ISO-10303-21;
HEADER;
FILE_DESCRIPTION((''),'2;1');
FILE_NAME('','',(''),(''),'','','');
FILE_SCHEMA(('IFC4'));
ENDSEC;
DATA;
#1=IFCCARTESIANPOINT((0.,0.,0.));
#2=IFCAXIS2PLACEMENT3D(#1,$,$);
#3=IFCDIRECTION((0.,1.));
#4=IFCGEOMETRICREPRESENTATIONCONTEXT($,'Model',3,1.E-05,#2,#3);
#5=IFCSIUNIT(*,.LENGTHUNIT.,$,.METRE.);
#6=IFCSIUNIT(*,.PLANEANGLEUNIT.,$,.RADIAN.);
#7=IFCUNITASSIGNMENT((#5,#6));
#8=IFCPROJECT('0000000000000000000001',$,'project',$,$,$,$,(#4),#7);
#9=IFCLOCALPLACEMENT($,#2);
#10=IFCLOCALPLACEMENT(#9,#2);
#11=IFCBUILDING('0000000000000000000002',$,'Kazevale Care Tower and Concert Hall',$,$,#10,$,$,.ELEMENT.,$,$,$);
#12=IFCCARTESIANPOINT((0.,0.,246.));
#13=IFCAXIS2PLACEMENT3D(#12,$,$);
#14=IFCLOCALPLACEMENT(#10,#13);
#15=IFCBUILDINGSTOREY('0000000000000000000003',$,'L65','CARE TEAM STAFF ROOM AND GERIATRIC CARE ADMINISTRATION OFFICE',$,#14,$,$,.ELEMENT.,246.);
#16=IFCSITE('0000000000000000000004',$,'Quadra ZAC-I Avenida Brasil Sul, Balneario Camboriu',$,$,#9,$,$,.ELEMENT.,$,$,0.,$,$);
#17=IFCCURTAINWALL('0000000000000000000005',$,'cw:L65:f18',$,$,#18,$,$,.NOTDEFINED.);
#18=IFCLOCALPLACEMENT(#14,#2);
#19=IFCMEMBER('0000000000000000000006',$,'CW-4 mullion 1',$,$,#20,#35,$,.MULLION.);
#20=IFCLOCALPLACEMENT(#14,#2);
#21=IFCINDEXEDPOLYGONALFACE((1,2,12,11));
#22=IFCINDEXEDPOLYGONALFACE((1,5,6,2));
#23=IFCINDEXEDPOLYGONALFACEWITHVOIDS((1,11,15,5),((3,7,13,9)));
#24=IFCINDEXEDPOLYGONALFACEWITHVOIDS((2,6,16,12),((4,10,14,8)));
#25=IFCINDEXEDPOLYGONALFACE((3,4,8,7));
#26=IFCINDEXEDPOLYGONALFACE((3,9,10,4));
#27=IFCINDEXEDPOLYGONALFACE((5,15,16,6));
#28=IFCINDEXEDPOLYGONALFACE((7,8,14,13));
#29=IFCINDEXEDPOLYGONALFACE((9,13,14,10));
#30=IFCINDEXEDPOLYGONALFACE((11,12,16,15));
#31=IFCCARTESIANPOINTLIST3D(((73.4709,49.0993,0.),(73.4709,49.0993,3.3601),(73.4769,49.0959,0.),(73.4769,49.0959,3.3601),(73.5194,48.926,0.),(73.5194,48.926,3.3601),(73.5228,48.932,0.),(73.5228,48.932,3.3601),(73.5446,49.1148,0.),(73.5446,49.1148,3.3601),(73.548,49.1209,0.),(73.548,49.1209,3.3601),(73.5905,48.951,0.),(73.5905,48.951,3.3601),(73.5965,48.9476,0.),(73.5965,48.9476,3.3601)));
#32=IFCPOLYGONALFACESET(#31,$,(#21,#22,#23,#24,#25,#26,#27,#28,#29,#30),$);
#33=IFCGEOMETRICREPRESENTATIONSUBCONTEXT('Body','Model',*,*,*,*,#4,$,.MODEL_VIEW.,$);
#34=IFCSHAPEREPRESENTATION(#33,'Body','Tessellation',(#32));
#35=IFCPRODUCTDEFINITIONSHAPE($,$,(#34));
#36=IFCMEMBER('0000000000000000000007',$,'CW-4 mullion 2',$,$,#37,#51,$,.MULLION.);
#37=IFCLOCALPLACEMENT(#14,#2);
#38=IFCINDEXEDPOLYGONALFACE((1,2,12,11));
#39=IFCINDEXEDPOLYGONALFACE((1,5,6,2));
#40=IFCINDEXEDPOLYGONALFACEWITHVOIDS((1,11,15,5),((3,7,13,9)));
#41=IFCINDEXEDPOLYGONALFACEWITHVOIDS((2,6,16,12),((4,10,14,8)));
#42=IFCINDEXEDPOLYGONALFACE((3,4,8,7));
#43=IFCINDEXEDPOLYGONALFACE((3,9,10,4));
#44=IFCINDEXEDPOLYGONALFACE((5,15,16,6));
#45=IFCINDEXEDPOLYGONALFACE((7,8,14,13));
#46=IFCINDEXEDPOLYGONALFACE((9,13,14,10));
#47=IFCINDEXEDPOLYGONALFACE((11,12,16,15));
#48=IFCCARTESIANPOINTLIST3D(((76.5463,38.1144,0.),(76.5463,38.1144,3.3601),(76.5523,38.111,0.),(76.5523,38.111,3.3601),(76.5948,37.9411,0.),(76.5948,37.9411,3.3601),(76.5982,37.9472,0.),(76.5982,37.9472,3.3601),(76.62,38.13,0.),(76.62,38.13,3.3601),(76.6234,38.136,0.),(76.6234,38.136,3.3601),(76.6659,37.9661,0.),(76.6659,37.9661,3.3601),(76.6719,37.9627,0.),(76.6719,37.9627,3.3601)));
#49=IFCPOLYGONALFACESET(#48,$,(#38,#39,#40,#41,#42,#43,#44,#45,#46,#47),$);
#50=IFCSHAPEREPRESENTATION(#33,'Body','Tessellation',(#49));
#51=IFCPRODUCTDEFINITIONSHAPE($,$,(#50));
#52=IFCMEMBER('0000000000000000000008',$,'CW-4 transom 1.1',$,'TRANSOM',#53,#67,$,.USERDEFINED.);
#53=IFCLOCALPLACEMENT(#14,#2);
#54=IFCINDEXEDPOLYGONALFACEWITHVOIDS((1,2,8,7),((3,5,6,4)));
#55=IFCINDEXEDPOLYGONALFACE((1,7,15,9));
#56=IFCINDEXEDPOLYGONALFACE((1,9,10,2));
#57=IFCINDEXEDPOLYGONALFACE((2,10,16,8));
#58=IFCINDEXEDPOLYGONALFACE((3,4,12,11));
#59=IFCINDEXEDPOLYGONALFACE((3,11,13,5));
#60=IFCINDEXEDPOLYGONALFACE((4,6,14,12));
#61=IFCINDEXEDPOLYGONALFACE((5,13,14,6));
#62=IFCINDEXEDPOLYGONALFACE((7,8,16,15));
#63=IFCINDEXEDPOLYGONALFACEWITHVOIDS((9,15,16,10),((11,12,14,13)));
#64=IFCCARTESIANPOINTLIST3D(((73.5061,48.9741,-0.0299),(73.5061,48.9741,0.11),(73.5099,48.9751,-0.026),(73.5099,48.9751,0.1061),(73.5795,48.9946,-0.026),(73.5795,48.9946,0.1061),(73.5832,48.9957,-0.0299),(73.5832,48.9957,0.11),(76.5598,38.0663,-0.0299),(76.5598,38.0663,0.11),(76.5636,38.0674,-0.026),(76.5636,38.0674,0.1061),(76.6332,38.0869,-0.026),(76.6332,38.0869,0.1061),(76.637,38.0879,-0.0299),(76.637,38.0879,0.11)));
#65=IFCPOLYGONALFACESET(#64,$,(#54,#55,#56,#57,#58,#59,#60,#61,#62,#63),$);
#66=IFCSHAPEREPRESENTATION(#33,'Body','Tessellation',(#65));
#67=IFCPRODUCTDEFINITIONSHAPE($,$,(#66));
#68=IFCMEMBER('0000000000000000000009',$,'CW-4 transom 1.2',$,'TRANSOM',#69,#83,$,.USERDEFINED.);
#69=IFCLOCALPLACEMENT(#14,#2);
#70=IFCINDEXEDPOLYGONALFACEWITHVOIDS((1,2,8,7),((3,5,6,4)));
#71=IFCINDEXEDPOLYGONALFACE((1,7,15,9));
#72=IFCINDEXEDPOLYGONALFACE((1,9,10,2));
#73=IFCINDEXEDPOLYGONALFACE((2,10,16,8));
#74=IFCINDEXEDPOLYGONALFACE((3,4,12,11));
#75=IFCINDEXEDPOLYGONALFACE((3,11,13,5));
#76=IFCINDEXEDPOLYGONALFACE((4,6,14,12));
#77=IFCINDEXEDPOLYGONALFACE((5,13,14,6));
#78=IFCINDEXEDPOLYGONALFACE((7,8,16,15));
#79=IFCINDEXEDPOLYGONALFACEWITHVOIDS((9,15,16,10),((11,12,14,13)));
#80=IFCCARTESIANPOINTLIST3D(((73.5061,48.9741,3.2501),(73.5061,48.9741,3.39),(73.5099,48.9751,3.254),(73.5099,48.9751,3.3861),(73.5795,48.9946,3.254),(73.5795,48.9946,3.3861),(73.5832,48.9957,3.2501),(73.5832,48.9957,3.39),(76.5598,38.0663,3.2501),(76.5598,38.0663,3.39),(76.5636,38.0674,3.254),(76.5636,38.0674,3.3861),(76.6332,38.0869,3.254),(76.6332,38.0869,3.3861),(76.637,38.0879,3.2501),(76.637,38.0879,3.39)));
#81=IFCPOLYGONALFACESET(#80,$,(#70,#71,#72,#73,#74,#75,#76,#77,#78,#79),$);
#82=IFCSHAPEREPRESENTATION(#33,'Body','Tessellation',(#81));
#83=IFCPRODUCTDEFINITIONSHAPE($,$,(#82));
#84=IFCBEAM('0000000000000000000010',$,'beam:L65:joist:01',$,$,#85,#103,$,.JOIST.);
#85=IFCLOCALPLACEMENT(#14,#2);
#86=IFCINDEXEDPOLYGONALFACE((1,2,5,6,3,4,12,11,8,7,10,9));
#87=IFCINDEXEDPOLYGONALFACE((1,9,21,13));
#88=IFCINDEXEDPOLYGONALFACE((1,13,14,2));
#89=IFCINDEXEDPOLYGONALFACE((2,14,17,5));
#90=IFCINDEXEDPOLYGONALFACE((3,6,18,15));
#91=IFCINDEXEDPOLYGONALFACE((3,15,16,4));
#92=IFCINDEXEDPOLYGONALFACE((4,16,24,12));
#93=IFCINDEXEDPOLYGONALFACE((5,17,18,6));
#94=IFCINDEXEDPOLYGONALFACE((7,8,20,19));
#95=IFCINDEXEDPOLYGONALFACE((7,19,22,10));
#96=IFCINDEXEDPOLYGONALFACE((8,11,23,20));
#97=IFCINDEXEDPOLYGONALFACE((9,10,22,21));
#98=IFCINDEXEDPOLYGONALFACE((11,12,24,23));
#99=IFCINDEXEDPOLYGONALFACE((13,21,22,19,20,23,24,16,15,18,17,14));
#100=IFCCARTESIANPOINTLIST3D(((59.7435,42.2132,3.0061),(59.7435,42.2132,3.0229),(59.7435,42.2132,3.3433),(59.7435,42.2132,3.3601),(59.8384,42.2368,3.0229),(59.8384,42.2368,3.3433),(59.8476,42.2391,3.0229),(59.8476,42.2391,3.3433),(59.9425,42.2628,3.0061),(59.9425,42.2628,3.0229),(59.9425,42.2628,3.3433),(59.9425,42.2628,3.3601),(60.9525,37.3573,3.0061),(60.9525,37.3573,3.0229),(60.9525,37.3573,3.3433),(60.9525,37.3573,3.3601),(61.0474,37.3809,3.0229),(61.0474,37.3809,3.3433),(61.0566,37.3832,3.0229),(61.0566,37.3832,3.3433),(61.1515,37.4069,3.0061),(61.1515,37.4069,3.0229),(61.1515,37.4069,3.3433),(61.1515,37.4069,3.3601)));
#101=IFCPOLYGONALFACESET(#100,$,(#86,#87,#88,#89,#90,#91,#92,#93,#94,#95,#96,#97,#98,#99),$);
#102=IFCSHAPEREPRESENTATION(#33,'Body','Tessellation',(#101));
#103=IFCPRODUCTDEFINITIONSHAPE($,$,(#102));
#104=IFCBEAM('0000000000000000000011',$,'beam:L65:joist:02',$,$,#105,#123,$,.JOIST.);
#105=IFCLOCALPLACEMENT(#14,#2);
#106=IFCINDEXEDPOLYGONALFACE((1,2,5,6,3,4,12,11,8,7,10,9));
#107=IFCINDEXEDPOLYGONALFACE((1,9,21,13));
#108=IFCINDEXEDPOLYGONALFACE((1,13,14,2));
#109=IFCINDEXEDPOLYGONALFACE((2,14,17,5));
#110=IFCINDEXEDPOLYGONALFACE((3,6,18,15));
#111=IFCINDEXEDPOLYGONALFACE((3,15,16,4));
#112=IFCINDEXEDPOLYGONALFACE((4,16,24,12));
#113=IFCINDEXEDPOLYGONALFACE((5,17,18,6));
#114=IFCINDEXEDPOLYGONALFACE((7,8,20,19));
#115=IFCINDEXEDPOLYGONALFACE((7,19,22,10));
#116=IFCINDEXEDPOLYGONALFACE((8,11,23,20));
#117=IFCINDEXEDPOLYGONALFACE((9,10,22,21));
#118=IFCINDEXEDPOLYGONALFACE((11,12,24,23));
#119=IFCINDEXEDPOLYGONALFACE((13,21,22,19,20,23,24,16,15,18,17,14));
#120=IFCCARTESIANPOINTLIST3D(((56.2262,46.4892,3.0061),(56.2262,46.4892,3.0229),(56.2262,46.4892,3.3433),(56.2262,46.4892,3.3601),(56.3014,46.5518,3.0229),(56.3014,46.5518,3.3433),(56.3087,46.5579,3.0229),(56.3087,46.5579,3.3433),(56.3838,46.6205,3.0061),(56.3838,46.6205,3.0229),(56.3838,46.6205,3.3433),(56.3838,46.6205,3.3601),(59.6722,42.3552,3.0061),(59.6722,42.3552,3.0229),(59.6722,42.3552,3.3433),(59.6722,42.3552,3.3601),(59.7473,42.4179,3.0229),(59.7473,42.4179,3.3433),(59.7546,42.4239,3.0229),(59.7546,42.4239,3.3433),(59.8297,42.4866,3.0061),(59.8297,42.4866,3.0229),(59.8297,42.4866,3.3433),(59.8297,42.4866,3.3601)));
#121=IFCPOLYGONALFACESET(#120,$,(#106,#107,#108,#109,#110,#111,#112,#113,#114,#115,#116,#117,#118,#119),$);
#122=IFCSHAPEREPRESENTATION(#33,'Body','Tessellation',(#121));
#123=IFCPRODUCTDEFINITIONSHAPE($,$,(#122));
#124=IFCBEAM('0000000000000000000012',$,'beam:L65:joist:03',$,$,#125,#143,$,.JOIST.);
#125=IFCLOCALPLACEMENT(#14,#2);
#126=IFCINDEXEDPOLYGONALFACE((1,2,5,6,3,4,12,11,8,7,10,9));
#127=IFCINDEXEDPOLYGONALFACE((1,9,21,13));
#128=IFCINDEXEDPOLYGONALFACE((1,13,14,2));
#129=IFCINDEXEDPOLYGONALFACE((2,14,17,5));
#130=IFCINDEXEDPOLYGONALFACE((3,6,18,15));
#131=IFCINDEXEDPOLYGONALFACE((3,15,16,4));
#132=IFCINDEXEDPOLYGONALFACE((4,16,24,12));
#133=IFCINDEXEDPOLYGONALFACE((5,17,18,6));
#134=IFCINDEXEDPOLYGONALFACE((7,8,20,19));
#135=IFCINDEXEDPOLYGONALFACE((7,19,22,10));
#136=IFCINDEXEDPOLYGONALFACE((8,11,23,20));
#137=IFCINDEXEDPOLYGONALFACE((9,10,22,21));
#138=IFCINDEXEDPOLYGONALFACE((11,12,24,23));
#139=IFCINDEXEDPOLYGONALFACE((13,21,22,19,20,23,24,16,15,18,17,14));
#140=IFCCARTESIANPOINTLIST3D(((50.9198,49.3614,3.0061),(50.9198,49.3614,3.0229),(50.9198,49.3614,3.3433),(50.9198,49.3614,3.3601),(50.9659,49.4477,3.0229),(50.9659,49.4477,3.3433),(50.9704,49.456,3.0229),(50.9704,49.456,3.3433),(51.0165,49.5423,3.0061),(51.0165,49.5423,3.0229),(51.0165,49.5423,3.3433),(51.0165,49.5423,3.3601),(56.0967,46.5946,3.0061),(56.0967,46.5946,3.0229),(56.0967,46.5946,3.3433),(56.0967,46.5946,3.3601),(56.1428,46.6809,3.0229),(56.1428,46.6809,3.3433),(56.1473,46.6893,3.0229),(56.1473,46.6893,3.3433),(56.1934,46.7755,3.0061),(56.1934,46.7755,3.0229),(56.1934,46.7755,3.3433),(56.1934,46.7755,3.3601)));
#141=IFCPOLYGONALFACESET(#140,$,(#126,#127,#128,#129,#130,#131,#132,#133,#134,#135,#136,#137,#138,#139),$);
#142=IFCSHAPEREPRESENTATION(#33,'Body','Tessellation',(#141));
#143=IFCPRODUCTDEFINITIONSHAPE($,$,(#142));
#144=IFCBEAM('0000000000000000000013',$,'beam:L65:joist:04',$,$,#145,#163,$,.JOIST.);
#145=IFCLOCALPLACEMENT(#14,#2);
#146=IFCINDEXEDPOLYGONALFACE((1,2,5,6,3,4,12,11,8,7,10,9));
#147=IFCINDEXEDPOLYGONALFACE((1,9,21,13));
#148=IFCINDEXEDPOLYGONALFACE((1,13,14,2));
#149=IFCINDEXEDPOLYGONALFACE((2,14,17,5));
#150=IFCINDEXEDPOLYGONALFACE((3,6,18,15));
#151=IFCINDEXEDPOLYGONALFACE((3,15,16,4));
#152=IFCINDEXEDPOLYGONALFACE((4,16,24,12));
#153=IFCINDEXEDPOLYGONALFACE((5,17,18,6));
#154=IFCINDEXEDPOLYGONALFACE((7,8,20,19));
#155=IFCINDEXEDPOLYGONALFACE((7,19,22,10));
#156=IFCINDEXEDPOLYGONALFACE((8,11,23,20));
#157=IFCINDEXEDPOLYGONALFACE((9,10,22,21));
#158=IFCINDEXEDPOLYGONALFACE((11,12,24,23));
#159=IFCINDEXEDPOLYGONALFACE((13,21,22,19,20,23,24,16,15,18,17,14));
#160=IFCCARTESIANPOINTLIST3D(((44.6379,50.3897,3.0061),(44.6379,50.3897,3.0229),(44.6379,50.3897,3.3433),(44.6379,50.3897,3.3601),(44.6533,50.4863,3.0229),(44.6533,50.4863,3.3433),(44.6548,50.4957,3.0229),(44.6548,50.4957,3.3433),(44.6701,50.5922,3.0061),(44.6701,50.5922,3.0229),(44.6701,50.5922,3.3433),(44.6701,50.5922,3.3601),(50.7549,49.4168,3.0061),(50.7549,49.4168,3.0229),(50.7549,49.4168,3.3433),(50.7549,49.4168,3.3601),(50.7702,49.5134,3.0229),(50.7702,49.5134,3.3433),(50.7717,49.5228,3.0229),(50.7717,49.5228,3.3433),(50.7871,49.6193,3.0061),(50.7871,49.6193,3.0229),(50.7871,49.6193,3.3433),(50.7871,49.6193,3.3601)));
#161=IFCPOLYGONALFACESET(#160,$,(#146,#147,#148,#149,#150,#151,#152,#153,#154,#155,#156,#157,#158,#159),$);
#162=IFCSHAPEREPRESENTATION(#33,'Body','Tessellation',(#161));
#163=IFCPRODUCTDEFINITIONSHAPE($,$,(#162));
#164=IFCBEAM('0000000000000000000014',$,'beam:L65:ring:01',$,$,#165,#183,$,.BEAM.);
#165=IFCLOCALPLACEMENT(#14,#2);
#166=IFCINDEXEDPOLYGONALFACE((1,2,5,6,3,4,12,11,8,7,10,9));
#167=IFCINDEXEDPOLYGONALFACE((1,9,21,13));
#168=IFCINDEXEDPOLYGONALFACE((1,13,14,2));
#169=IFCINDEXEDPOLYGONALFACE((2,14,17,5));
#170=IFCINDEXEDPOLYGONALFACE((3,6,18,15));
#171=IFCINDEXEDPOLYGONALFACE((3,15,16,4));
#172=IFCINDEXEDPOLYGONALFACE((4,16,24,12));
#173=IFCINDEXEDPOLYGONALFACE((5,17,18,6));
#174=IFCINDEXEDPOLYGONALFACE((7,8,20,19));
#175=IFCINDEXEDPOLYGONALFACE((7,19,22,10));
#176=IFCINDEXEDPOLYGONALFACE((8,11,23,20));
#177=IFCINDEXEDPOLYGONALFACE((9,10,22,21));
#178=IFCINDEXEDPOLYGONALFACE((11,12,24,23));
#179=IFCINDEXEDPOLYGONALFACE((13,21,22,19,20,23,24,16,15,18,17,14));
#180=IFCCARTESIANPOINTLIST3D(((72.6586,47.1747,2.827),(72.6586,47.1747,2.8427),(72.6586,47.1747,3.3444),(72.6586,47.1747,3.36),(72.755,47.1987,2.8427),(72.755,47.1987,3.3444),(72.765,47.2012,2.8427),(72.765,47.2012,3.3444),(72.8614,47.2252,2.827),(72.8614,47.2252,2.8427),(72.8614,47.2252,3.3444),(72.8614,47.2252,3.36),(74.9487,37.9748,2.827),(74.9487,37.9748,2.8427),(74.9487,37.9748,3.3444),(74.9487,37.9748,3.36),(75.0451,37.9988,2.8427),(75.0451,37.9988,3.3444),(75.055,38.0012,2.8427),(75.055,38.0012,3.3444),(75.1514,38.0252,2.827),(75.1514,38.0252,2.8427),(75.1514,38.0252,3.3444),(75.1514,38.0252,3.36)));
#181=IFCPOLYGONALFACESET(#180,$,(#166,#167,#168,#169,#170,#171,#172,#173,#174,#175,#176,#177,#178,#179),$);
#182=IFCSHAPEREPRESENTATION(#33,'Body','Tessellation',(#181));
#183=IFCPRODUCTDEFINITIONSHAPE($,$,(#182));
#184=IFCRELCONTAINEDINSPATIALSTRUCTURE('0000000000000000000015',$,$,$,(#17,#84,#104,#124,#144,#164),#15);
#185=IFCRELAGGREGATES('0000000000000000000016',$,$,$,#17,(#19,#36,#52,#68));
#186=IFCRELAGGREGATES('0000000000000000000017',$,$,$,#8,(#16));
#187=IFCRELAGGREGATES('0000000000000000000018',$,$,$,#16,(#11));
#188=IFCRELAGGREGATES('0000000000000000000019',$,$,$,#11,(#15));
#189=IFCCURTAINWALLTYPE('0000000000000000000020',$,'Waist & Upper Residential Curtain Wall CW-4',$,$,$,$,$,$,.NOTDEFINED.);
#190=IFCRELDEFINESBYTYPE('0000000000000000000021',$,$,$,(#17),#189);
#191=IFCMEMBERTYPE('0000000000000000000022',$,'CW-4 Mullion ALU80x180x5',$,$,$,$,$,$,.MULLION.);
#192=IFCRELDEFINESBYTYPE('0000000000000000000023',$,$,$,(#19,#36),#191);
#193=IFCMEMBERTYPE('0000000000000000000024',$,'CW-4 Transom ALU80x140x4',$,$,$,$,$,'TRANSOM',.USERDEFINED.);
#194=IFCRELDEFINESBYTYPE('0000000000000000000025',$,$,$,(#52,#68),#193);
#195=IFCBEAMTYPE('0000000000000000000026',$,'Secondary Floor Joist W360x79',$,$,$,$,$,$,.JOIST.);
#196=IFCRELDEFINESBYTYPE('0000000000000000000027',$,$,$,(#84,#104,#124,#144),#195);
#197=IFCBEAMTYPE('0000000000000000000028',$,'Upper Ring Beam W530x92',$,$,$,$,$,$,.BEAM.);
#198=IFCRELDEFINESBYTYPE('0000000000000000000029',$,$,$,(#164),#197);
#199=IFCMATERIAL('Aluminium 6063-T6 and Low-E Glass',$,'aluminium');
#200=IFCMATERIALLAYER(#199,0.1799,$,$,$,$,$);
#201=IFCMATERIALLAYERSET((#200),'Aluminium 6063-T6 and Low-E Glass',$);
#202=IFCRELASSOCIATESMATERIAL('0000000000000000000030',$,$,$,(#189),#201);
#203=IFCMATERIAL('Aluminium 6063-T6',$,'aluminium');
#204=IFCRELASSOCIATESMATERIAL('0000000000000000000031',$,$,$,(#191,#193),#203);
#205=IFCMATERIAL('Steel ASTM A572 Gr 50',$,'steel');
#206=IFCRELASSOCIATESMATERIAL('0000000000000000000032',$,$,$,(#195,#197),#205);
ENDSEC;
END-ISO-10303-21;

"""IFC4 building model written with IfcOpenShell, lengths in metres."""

from ifc_helpers import new_model, si_unit, direction, frame, origin, origin_2d, place, context, subcontext, project, spatial, hollow_rectangle, i_section, extrude, material, layer, layer_set, material_profile, profile_set, type_object, element, aggregate, save


model = new_model("IFC4")

# Units and contexts
model_context = context("Model", 3, precision=1e-05, world=origin(), true_north=direction((0.0, 1.0)))
body_context = subcontext(model_context, "Body", "Model", "MODEL_VIEW")
ifc_project = project(units=[si_unit("LENGTHUNIT", "METRE"), si_unit("PLANEANGLEUNIT", "RADIAN")], contexts=[model_context])

# Site, building, storey
site_placement = place(None, origin())
site = spatial("IfcSite", under=ifc_project, at=site_placement, Name="Quadra ZAC-I Avenida Brasil Sul, Balneario Camboriu", CompositionType="ELEMENT", RefElevation=0.0)
building_placement = place(site_placement, origin())
building = spatial("IfcBuilding", under=site, at=building_placement, Name="Kazevale Care Tower and Concert Hall", CompositionType="ELEMENT")
storey_placement = place(building_placement, frame((0.0, 0.0, 246.0)))
storey = spatial("IfcBuildingStorey", under=building, at=storey_placement, Name="L65", Description="CARE TEAM STAFF ROOM AND GERIATRIC CARE ADMINISTRATION OFFICE", CompositionType="ELEMENT", Elevation=246.0)

# Shared definitions
ifc_material_1 = material(Name="Aluminium 6063-T6 and Low-E Glass", Category="aluminium")
ifc_material_2 = material(Name="Aluminium 6063-T6", Category="aluminium")

# Curtain wall, members
ifc_layer_1 = layer(ifc_material_1, 0.1799)
ifc_layer_set_1 = layer_set([ifc_layer_1], Name="Aluminium 6063-T6 and Low-E Glass")
curtain_wall_type_1 = type_object("IfcCurtainWallType", Name="Waist & Upper Residential Curtain Wall CW-4", PredefinedType="NOTDEFINED", material=ifc_layer_set_1)
curtain_wall_1_placement = place(storey_placement, origin())
curtain_wall_1 = element("IfcCurtainWall", 1, at=curtain_wall_1_placement, inside=storey, type_object=curtain_wall_type_1, Name="cw:L65:f18", PredefinedType="NOTDEFINED")
ifc_material_profile_1 = material_profile(ifc_material_2, hollow_rectangle(XDim=0.0801, YDim=0.1799, WallThickness=0.0049, at=origin_2d()), Name="ALU80x180x5")
ifc_profile_set_1 = profile_set([ifc_material_profile_1], Name="Aluminium 6063-T6")
member_type_1 = type_object("IfcMemberType", Name="CW-4 Mullion ALU80x180x5", PredefinedType="MULLION", material=ifc_profile_set_1)
member_1_placement = place(storey_placement, frame((73.5337, 49.0234, 0.0), z_axis=(0.0, 0.0, 1.0), x_axis=(0.962972, 0.269601, 0.0)))
member_1 = element("IfcMember", 2, at=member_1_placement, type_object=member_type_1, Name="CW-4 mullion 1", PredefinedType="MULLION", context=body_context, shape_type="SweptSolid", body=[
    extrude(hollow_rectangle(XDim=0.0801, YDim=0.1799, WallThickness=0.0049, at=origin_2d()), origin(), (0.0, 0.0, 1.0), 3.3601),
])
member_2_placement = place(storey_placement, frame((76.6091, 38.0386, 0.0), z_axis=(0.0, 0.0, 1.0), x_axis=(0.962972, 0.269601, 0.0)))
member_2 = element("IfcMember", 3, at=member_2_placement, type_object=member_type_1, Name="CW-4 mullion 2", PredefinedType="MULLION", context=body_context, shape_type="SweptSolid", body=[
    extrude(hollow_rectangle(XDim=0.0801, YDim=0.1799, WallThickness=0.0049, at=origin_2d()), origin(), (0.0, 0.0, 1.0), 3.3601),
])
ifc_material_profile_2 = material_profile(ifc_material_2, hollow_rectangle(XDim=0.0801, YDim=0.1399, WallThickness=0.0039, at=origin_2d()), Name="ALU80x140x4")
ifc_profile_set_2 = profile_set([ifc_material_profile_2], Name="Aluminium 6063-T6")
member_type_2 = type_object("IfcMemberType", Name="CW-4 Transom ALU80x140x4", ElementType="TRANSOM", PredefinedType="USERDEFINED", material=ifc_profile_set_2)
member_3_placement = place(storey_placement, frame((73.5447, 48.9849, 0.04), z_axis=(0.269593, -0.962974, 0.0), x_axis=(0.962974, 0.269593, 0.0)))
member_3 = element("IfcMember", 4, at=member_3_placement, type_object=member_type_2, Name="CW-4 transom 1.1", ObjectType="TRANSOM", PredefinedType="USERDEFINED", context=body_context, shape_type="SweptSolid", body=[
    extrude(hollow_rectangle(XDim=0.0801, YDim=0.1399, WallThickness=0.0039, at=origin_2d()), origin(), (0.0, 0.0, 1.0), 11.3271),
])
member_4_placement = place(storey_placement, frame((73.5447, 48.9849, 3.3201), z_axis=(0.269593, -0.962974, 0.0), x_axis=(0.962974, 0.269593, 0.0)))
member_4 = element("IfcMember", 5, at=member_4_placement, type_object=member_type_2, Name="CW-4 transom 1.2", ObjectType="TRANSOM", PredefinedType="USERDEFINED", context=body_context, shape_type="SweptSolid", body=[
    extrude(hollow_rectangle(XDim=0.0801, YDim=0.1399, WallThickness=0.0039, at=origin_2d()), origin(), (0.0, 0.0, 1.0), 11.3271),
])

# Beams
ifc_material_3 = material(Name="Steel ASTM A572 Gr 50", Category="steel")
ifc_material_profile_3 = material_profile(ifc_material_3, i_section(OverallWidth=0.2051, OverallDepth=0.354, WebThickness=0.0095, FlangeThickness=0.0168, at=origin_2d()), Name="W360x79")
ifc_profile_set_3 = profile_set([ifc_material_profile_3], Name="Steel ASTM A572 Gr 50")
beam_type_1 = type_object("IfcBeamType", Name="Secondary Floor Joist W360x79", PredefinedType="JOIST", material=ifc_profile_set_3)
beam_1_placement = place(storey_placement, frame((61.052, 37.3821, 3.1831), z_axis=(-0.241594, 0.970377, 0.0), x_axis=(-0.970377, -0.241594, 0.0)))
element("IfcBeam", 6, at=beam_1_placement, inside=storey, type_object=beam_type_1, Name="beam:L65:joist:01", PredefinedType="JOIST", context=body_context, shape_type="SweptSolid", body=[
    extrude(i_section(OverallWidth=0.2051, OverallDepth=0.354, WebThickness=0.0095, FlangeThickness=0.0168, at=origin_2d()), origin(), (0.0, 0.0, 1.0), 5.0042),
])
beam_2_placement = place(storey_placement, frame((59.751, 42.4209, 3.1831), z_axis=(-0.640296, 0.768128, 0.0), x_axis=(-0.768128, -0.640296, 0.0)))
element("IfcBeam", 7, at=beam_2_placement, inside=storey, type_object=beam_type_1, Name="beam:L65:joist:02", PredefinedType="JOIST", context=body_context, shape_type="SweptSolid", body=[
    extrude(i_section(OverallWidth=0.2051, OverallDepth=0.354, WebThickness=0.0095, FlangeThickness=0.0168, at=origin_2d()), origin(), (0.0, 0.0, 1.0), 5.3818),
])
beam_3_placement = place(storey_placement, frame((56.145, 46.6851, 3.1831), z_axis=(-0.881944, 0.471354, 0.0), x_axis=(-0.471354, -0.881944, 0.0)))
element("IfcBeam", 8, at=beam_3_placement, inside=storey, type_object=beam_type_1, Name="beam:L65:joist:03", PredefinedType="JOIST", context=body_context, shape_type="SweptSolid", body=[
    extrude(i_section(OverallWidth=0.2051, OverallDepth=0.354, WebThickness=0.0095, FlangeThickness=0.0168, at=origin_2d()), origin(), (0.0, 0.0, 1.0), 5.8699),
])
beam_4_placement = place(storey_placement, frame((50.771, 49.5181, 3.1831), z_axis=(-0.987587, 0.157076, 0.0), x_axis=(-0.157076, -0.987587, 0.0)))
element("IfcBeam", 9, at=beam_4_placement, inside=storey, type_object=beam_type_1, Name="beam:L65:joist:04", PredefinedType="JOIST", context=body_context, shape_type="SweptSolid", body=[
    extrude(i_section(OverallWidth=0.2051, OverallDepth=0.354, WebThickness=0.0095, FlangeThickness=0.0168, at=origin_2d()), origin(), (0.0, 0.0, 1.0), 6.1938),
])
ifc_material_profile_4 = material_profile(ifc_material_3, i_section(OverallWidth=0.209, OverallDepth=0.533, WebThickness=0.0103, FlangeThickness=0.0156, at=origin_2d()), Name="W530x92")
ifc_profile_set_4 = profile_set([ifc_material_profile_4], Name="Steel ASTM A572 Gr 50")
beam_type_2 = type_object("IfcBeamType", Name="Upper Ring Beam W530x92", PredefinedType="BEAM", material=ifc_profile_set_4)
beam_5_placement = place(storey_placement, frame((75.05, 38.0, 3.0935), z_axis=(-0.241548, 0.970389, 0.0), x_axis=(-0.970389, -0.241548, 0.0)))
element("IfcBeam", 10, at=beam_5_placement, inside=storey, type_object=beam_type_2, Name="beam:L65:ring:01", PredefinedType="BEAM", context=body_context, shape_type="SweptSolid", body=[
    extrude(i_section(OverallWidth=0.209, OverallDepth=0.533, WebThickness=0.0103, FlangeThickness=0.0156, at=origin_2d()), origin(), (0.0, 0.0, 1.0), 9.4807),
])

aggregate(curtain_wall_1, [member_1, member_2, member_3, member_4])

save(model, "model.ifc")
